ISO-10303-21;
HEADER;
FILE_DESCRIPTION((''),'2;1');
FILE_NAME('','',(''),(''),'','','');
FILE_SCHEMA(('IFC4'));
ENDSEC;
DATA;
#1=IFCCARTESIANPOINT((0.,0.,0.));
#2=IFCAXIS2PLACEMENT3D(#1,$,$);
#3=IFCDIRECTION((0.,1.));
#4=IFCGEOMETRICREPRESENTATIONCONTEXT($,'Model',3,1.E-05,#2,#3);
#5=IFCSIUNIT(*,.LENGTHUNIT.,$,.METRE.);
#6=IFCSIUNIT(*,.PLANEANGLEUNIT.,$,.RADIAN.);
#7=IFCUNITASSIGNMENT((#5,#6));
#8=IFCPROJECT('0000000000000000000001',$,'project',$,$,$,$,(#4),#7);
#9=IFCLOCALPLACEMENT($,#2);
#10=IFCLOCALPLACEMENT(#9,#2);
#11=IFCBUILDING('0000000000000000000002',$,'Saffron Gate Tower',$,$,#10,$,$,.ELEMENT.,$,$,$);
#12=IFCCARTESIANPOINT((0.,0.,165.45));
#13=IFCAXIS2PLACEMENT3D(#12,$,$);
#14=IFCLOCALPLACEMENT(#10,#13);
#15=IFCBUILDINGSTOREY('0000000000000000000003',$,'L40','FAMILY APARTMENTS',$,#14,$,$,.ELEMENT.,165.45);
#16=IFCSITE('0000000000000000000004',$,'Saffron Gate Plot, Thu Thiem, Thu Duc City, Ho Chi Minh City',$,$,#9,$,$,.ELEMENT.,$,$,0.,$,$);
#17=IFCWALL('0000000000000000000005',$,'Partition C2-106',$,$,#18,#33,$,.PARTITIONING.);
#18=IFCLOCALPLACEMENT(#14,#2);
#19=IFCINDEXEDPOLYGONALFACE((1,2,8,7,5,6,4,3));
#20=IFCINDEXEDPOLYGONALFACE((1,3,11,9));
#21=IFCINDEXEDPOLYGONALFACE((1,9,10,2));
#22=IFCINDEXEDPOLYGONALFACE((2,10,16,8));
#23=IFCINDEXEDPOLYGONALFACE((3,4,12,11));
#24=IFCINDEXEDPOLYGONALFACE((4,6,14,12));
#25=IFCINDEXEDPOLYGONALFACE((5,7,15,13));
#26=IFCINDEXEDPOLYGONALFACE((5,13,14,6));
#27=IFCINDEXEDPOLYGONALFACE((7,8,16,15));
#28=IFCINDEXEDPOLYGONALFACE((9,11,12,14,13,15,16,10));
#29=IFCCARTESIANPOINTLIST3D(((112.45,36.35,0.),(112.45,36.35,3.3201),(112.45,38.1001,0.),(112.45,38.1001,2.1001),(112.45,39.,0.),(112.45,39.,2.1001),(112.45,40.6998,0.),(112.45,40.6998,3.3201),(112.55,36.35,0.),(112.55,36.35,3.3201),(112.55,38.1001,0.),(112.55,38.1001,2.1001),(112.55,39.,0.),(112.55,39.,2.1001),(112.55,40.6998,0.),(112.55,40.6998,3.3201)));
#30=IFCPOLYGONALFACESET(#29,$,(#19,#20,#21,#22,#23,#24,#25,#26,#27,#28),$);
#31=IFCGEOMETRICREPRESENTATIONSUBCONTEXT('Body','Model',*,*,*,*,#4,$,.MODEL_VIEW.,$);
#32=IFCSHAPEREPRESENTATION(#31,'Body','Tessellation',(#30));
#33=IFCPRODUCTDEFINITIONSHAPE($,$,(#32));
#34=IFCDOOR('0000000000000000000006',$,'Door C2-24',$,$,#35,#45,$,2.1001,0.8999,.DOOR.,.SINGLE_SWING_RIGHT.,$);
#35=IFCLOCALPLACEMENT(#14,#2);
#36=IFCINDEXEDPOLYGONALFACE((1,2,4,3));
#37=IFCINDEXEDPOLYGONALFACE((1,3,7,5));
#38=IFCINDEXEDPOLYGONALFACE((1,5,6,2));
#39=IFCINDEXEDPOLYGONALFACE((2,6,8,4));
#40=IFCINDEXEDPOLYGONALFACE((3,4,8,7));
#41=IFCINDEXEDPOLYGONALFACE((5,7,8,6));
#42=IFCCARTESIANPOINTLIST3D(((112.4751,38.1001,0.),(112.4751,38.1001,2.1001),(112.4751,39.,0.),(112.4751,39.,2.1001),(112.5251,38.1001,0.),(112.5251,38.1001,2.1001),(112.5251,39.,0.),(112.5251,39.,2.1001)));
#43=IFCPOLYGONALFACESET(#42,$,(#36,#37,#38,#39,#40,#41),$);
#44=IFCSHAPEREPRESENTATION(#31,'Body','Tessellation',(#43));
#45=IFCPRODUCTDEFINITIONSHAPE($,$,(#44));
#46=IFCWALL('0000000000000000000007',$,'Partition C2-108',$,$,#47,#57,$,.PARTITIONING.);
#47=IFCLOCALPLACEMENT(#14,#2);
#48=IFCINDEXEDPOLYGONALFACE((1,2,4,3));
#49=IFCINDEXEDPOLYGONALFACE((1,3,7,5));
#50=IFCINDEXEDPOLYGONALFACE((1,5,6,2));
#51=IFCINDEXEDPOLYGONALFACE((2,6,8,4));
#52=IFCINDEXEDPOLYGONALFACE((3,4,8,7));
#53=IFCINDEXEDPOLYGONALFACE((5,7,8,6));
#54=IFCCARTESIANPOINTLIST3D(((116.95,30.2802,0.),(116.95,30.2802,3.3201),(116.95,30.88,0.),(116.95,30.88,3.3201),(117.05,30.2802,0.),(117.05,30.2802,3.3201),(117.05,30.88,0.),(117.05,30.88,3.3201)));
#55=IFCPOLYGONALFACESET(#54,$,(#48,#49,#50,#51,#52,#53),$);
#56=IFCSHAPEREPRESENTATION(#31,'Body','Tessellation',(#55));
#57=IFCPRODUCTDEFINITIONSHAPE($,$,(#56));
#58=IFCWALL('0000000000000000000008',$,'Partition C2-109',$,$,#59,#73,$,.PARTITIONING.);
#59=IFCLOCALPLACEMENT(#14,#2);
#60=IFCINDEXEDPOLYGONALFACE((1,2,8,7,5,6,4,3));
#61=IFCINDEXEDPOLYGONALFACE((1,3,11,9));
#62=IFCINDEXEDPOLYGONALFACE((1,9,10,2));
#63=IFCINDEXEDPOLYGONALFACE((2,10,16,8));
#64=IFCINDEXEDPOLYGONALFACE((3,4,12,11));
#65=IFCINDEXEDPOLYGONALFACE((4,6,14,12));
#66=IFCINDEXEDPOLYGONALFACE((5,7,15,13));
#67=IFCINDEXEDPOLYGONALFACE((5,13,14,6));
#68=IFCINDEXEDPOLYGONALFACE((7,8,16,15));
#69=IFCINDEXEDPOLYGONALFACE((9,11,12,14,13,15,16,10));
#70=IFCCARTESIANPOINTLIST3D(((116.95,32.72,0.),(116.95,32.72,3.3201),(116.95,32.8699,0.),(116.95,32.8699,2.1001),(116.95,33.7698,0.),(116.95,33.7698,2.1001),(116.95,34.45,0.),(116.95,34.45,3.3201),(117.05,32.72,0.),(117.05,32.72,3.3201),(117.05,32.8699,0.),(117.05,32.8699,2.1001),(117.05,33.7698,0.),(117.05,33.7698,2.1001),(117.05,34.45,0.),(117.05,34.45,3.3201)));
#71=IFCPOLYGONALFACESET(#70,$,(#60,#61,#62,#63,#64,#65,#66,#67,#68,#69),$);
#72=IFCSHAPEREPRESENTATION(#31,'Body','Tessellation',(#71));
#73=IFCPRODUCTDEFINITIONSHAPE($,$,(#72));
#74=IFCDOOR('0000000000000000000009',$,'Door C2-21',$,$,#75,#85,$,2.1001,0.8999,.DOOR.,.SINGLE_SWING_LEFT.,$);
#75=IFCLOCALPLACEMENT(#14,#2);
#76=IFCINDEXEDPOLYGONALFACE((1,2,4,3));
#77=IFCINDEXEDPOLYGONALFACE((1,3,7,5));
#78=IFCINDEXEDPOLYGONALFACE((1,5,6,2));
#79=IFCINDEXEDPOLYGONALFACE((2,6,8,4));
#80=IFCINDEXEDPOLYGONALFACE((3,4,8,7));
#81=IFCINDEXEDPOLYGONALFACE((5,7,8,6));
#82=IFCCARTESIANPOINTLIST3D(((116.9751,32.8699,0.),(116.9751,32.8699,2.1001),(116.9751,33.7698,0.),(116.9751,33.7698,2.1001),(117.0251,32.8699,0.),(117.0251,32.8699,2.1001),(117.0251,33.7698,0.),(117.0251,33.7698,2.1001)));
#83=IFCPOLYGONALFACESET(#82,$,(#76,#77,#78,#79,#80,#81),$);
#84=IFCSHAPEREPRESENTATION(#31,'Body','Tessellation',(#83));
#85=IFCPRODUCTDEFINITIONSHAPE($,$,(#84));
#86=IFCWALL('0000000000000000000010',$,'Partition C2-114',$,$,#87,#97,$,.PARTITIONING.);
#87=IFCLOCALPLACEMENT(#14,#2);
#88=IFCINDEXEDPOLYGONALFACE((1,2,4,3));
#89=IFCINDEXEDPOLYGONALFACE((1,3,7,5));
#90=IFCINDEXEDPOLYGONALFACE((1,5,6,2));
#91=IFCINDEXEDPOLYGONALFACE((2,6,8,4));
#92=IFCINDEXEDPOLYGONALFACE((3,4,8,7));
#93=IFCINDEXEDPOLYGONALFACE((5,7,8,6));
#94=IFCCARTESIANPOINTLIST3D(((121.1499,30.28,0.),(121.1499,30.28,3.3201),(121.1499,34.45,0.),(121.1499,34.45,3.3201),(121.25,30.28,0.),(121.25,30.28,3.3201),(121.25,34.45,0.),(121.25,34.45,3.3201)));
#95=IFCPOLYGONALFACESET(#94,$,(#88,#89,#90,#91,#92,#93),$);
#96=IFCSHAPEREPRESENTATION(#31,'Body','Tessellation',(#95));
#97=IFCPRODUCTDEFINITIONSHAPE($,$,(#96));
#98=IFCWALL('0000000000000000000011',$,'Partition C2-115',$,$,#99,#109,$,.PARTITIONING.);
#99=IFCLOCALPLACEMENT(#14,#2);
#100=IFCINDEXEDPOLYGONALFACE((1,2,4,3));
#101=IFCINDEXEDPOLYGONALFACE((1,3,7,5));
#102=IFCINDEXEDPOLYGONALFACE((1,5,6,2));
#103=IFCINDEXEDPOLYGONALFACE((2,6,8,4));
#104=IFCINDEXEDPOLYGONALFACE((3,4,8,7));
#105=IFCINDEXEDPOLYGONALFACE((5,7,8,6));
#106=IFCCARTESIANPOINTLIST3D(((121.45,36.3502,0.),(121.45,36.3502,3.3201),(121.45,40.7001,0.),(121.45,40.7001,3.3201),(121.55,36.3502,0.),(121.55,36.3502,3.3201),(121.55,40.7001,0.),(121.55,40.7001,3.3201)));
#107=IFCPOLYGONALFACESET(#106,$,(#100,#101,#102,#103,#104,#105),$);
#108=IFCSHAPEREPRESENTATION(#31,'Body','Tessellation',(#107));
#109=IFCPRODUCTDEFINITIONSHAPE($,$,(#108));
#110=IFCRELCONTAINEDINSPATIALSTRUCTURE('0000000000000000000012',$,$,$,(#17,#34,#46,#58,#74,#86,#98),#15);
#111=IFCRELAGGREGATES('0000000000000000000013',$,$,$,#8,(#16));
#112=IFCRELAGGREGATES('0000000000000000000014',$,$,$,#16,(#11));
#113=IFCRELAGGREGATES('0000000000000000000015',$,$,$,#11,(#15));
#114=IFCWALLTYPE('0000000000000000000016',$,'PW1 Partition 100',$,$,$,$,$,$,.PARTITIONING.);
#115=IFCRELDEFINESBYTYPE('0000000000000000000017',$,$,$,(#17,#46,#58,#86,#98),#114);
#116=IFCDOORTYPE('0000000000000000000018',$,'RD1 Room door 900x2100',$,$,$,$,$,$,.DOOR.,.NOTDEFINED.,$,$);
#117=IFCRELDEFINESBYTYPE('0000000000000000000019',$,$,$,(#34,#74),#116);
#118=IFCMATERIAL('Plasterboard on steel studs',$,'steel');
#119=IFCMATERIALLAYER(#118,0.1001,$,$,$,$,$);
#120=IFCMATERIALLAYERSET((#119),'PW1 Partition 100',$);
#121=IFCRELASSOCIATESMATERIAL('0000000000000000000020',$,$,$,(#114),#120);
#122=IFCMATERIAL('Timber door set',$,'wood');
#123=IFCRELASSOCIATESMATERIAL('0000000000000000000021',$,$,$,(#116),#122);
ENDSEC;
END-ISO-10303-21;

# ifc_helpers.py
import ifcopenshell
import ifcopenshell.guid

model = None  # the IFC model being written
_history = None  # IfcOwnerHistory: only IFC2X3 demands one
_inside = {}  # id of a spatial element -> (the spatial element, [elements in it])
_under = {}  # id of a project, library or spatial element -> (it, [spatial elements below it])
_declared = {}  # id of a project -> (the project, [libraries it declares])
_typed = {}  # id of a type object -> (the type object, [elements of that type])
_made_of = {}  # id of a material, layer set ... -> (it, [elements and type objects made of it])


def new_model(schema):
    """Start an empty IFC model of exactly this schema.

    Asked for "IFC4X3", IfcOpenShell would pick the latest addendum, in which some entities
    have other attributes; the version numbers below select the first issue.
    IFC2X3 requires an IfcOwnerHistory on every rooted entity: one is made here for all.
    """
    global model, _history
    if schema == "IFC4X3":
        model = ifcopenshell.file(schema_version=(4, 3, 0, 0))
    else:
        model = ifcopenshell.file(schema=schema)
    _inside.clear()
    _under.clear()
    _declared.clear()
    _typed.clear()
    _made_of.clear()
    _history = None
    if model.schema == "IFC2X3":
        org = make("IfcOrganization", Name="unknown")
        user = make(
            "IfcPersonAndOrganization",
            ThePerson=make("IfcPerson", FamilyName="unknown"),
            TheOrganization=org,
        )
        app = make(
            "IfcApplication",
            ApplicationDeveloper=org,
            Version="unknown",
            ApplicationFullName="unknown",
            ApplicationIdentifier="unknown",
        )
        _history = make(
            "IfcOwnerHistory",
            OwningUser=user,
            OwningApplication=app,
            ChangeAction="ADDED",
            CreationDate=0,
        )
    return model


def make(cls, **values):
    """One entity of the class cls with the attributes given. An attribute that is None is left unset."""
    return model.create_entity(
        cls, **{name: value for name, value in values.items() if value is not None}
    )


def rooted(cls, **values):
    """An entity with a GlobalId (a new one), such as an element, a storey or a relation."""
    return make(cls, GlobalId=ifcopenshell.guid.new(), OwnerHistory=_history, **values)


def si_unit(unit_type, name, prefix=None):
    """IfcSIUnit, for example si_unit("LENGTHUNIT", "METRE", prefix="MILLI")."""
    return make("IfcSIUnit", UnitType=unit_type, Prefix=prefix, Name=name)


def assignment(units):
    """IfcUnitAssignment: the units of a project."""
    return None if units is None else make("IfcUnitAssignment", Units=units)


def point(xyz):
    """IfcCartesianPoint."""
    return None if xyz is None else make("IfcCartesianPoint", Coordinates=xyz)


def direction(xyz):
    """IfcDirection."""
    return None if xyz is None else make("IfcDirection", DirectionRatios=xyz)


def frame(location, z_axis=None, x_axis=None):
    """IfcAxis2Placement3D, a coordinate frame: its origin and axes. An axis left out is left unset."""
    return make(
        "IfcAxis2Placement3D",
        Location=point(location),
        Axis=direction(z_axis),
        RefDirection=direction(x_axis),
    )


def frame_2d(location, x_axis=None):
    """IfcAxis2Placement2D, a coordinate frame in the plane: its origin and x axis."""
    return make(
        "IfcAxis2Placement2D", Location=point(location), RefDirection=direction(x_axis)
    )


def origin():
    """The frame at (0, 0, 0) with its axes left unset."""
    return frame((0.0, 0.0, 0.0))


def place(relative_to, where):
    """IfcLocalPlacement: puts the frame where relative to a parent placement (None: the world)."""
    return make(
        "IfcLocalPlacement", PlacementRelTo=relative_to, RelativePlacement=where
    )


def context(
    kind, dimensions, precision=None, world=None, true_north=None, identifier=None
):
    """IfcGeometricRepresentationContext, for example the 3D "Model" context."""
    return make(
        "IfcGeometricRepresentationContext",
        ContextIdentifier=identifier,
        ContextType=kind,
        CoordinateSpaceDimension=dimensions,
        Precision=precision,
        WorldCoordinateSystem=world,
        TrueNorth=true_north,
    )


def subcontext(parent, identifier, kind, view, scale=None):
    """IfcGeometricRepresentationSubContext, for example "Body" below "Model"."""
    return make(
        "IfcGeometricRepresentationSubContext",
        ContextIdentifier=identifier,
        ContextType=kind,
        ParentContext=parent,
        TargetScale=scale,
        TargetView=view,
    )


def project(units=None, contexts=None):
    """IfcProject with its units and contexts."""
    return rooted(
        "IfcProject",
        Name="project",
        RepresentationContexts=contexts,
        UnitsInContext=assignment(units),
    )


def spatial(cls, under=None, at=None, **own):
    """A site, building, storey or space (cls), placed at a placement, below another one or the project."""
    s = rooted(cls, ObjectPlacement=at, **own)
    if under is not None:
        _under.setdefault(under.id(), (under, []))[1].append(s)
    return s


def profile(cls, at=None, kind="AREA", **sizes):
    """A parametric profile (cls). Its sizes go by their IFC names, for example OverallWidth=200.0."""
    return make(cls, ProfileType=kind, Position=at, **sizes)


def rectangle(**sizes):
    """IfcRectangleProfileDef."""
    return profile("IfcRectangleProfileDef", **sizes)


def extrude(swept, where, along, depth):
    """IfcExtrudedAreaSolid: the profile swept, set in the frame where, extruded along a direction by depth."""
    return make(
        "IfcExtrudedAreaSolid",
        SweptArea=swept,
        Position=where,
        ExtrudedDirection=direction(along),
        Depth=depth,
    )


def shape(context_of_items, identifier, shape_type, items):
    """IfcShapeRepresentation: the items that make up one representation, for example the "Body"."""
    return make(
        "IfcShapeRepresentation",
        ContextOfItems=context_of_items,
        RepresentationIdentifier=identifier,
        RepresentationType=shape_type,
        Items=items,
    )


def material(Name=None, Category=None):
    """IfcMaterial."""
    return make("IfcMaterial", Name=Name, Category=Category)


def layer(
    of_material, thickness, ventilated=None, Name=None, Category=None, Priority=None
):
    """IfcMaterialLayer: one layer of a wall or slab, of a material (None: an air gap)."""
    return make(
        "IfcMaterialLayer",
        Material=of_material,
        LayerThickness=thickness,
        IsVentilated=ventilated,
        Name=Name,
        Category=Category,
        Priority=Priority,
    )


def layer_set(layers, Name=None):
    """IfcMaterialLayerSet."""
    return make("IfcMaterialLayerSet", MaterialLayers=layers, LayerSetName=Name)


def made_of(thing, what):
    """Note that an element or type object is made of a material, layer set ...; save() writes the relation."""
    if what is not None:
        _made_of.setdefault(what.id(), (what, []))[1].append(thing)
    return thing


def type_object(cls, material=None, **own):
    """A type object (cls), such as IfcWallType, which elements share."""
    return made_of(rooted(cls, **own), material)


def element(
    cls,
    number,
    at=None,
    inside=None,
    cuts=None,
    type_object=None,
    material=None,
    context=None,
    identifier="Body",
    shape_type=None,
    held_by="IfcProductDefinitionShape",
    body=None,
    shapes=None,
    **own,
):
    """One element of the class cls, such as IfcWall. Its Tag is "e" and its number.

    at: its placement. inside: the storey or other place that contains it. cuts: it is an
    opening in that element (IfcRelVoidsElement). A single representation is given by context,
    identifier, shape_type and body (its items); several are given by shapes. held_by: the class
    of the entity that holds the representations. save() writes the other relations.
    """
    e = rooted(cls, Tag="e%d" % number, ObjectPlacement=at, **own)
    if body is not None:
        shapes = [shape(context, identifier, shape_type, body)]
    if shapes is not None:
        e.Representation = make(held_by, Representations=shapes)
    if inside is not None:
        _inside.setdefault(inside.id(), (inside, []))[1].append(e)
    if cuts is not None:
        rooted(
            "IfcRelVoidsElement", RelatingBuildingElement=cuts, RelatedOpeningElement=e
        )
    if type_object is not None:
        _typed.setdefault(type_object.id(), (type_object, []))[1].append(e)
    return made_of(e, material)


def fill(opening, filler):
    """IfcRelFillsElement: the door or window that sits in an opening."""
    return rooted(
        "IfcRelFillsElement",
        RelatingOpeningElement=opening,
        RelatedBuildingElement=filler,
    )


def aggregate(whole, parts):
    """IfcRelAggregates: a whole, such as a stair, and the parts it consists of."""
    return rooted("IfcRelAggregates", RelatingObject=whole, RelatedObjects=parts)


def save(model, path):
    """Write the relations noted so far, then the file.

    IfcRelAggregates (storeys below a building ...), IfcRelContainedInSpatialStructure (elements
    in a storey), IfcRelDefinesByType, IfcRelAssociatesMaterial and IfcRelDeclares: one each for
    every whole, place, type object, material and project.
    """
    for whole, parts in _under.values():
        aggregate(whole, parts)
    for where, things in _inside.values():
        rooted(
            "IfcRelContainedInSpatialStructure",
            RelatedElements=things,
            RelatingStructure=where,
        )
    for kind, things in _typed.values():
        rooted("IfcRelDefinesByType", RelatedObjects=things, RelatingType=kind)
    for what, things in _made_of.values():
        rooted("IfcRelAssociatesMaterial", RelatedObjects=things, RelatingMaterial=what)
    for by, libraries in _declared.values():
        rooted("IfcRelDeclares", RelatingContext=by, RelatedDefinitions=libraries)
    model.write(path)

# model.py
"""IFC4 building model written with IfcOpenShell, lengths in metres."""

from ifc_helpers import new_model, si_unit, direction, frame, frame_2d, origin, place, context, subcontext, project, spatial, rectangle, extrude, material, layer, layer_set, type_object, element, fill, save


model = new_model("IFC4")

# Units and contexts
model_context = context("Model", 3, precision=1e-05, world=origin(), true_north=direction((0.0, 1.0)))
body_context = subcontext(model_context, "Body", "Model", "MODEL_VIEW")
ifc_project = project(units=[si_unit("LENGTHUNIT", "METRE"), si_unit("PLANEANGLEUNIT", "RADIAN")], contexts=[model_context])

# Site, building, storey
site_placement = place(None, origin())
site = spatial("IfcSite", under=ifc_project, at=site_placement, Name="Saffron Gate Plot, Thu Thiem, Thu Duc City, Ho Chi Minh City", CompositionType="ELEMENT", RefElevation=0.0)
building_placement = place(site_placement, origin())
building = spatial("IfcBuilding", under=site, at=building_placement, Name="Saffron Gate Tower", CompositionType="ELEMENT")
storey_placement = place(building_placement, frame((0.0, 0.0, 165.45)))
storey = spatial("IfcBuildingStorey", under=building, at=storey_placement, Name="L40", Description="FAMILY APARTMENTS", CompositionType="ELEMENT", Elevation=165.45)

# Wall, opening, door
ifc_material_1 = material(Name="Plasterboard on steel studs", Category="steel")
ifc_layer_1 = layer(ifc_material_1, 0.1001)
ifc_layer_set_1 = layer_set([ifc_layer_1], Name="PW1 Partition 100")
wall_type = type_object("IfcWallType", Name="PW1 Partition 100", PredefinedType="PARTITIONING", material=ifc_layer_set_1)
ifc_material_2 = material(Name="Timber door set", Category="wood")
door_type = type_object("IfcDoorType", Name="RD1 Room door 900x2100", OperationType="NOTDEFINED", PredefinedType="DOOR", material=ifc_material_2)
wall_1_placement = place(storey_placement, frame((112.5, 36.3501, 0.0), z_axis=(0.0, 0.0, 1.0), x_axis=(0.0, 1.0, 0.0)))
wall_1 = element("IfcWall", 1, at=wall_1_placement, inside=storey, type_object=wall_type, Name="Partition C2-106", PredefinedType="PARTITIONING", context=body_context, shape_type="SweptSolid", body=[
    extrude(rectangle(XDim=4.3499, YDim=0.1001, at=frame_2d((2.1748, 0.0))), origin(), (0.0, 0.0, 1.0), 3.3201),
])
opening_1_placement = place(wall_1_placement, frame((1.75, 0.0, 0.0)))
opening_1 = element("IfcOpeningElement", 2, at=opening_1_placement, cuts=wall_1, PredefinedType="OPENING", context=body_context, shape_type="SweptSolid", body=[
    extrude(rectangle(XDim=0.8999, YDim=2.1001, at=frame_2d((0.45, 1.05))), frame((0.0, 0.0601, 0.0), z_axis=(0.0, -1.0, 0.0), x_axis=(1.0, 0.0, 0.0)), (0.0, 0.0, 1.0), 0.1201),
])
door_1_placement = place(opening_1_placement, origin())
door_1 = element("IfcDoor", 3, at=door_1_placement, inside=storey, type_object=door_type, Name="Door C2-24", OperationType="SINGLE_SWING_RIGHT", OverallHeight=2.1001, OverallWidth=0.8999, PredefinedType="DOOR", context=body_context, shape_type="SweptSolid", body=[
    extrude(rectangle(XDim=0.8999, YDim=2.1001, at=frame_2d((0.45, 1.05))), frame((0.0, 0.0249, 0.0), z_axis=(0.0, -1.0, 0.0), x_axis=(1.0, 0.0, 0.0)), (0.0, 0.0, 1.0), 0.05),
])
fill(opening_1, door_1)

# Wall
wall_2_placement = place(storey_placement, frame((117.0, 30.8799, 0.0), z_axis=(0.0, 0.0, 1.0), x_axis=(0.0, -1.0, 0.0)))
element("IfcWall", 4, at=wall_2_placement, inside=storey, type_object=wall_type, Name="Partition C2-108", PredefinedType="PARTITIONING", context=body_context, shape_type="SweptSolid", body=[
    extrude(rectangle(XDim=0.5999, YDim=0.1001, at=frame_2d((0.2998, 0.0))), origin(), (0.0, 0.0, 1.0), 3.3201),
])

# Wall, opening, door
wall_3_placement = place(storey_placement, frame((117.0, 32.72, 0.0), z_axis=(0.0, 0.0, 1.0), x_axis=(0.0, 1.0, 0.0)))
wall_3 = element("IfcWall", 5, at=wall_3_placement, inside=storey, type_object=wall_type, Name="Partition C2-109", PredefinedType="PARTITIONING", context=body_context, shape_type="SweptSolid", body=[
    extrude(rectangle(XDim=1.73, YDim=0.1001, at=frame_2d((0.865, 0.0))), origin(), (0.0, 0.0, 1.0), 3.3201),
])
opening_2_placement = place(wall_3_placement, frame((0.1499, 0.0, 0.0)))
opening_2 = element("IfcOpeningElement", 6, at=opening_2_placement, cuts=wall_3, PredefinedType="OPENING", context=body_context, shape_type="SweptSolid", body=[
    extrude(rectangle(XDim=0.8999, YDim=2.1001, at=frame_2d((0.45, 1.05))), frame((0.0, 0.0601, 0.0), z_axis=(0.0, -1.0, 0.0), x_axis=(1.0, 0.0, 0.0)), (0.0, 0.0, 1.0), 0.1201),
])
door_2_placement = place(opening_2_placement, origin())
door_2 = element("IfcDoor", 7, at=door_2_placement, inside=storey, type_object=door_type, Name="Door C2-21", OperationType="SINGLE_SWING_LEFT", OverallHeight=2.1001, OverallWidth=0.8999, PredefinedType="DOOR", context=body_context, shape_type="SweptSolid", body=[
    extrude(rectangle(XDim=0.8999, YDim=2.1001, at=frame_2d((0.45, 1.05))), frame((0.0, 0.0249, 0.0), z_axis=(0.0, -1.0, 0.0), x_axis=(1.0, 0.0, 0.0)), (0.0, 0.0, 1.0), 0.05),
])
fill(opening_2, door_2)

# Walls
wall_4_placement = place(storey_placement, frame((121.2, 34.45, 0.0), z_axis=(0.0, 0.0, 1.0), x_axis=(0.0, -1.0, 0.0)))
element("IfcWall", 8, at=wall_4_placement, inside=storey, type_object=wall_type, Name="Partition C2-114", PredefinedType="PARTITIONING", context=body_context, shape_type="SweptSolid", body=[
    extrude(rectangle(XDim=4.1699, YDim=0.1001, at=frame_2d((2.085, 0.0))), origin(), (0.0, 0.0, 1.0), 3.3201),
])
wall_5_placement = place(storey_placement, frame((121.5, 40.7, 0.0), z_axis=(0.0, 0.0, 1.0), x_axis=(0.0, -1.0, 0.0)))
element("IfcWall", 9, at=wall_5_placement, inside=storey, type_object=wall_type, Name="Partition C2-115", PredefinedType="PARTITIONING", context=body_context, shape_type="SweptSolid", body=[
    extrude(rectangle(XDim=4.3499, YDim=0.1001, at=frame_2d((2.1748, 0.0))), origin(), (0.0, 0.0, 1.0), 3.3201),
])

save(model, "model.ifc")
